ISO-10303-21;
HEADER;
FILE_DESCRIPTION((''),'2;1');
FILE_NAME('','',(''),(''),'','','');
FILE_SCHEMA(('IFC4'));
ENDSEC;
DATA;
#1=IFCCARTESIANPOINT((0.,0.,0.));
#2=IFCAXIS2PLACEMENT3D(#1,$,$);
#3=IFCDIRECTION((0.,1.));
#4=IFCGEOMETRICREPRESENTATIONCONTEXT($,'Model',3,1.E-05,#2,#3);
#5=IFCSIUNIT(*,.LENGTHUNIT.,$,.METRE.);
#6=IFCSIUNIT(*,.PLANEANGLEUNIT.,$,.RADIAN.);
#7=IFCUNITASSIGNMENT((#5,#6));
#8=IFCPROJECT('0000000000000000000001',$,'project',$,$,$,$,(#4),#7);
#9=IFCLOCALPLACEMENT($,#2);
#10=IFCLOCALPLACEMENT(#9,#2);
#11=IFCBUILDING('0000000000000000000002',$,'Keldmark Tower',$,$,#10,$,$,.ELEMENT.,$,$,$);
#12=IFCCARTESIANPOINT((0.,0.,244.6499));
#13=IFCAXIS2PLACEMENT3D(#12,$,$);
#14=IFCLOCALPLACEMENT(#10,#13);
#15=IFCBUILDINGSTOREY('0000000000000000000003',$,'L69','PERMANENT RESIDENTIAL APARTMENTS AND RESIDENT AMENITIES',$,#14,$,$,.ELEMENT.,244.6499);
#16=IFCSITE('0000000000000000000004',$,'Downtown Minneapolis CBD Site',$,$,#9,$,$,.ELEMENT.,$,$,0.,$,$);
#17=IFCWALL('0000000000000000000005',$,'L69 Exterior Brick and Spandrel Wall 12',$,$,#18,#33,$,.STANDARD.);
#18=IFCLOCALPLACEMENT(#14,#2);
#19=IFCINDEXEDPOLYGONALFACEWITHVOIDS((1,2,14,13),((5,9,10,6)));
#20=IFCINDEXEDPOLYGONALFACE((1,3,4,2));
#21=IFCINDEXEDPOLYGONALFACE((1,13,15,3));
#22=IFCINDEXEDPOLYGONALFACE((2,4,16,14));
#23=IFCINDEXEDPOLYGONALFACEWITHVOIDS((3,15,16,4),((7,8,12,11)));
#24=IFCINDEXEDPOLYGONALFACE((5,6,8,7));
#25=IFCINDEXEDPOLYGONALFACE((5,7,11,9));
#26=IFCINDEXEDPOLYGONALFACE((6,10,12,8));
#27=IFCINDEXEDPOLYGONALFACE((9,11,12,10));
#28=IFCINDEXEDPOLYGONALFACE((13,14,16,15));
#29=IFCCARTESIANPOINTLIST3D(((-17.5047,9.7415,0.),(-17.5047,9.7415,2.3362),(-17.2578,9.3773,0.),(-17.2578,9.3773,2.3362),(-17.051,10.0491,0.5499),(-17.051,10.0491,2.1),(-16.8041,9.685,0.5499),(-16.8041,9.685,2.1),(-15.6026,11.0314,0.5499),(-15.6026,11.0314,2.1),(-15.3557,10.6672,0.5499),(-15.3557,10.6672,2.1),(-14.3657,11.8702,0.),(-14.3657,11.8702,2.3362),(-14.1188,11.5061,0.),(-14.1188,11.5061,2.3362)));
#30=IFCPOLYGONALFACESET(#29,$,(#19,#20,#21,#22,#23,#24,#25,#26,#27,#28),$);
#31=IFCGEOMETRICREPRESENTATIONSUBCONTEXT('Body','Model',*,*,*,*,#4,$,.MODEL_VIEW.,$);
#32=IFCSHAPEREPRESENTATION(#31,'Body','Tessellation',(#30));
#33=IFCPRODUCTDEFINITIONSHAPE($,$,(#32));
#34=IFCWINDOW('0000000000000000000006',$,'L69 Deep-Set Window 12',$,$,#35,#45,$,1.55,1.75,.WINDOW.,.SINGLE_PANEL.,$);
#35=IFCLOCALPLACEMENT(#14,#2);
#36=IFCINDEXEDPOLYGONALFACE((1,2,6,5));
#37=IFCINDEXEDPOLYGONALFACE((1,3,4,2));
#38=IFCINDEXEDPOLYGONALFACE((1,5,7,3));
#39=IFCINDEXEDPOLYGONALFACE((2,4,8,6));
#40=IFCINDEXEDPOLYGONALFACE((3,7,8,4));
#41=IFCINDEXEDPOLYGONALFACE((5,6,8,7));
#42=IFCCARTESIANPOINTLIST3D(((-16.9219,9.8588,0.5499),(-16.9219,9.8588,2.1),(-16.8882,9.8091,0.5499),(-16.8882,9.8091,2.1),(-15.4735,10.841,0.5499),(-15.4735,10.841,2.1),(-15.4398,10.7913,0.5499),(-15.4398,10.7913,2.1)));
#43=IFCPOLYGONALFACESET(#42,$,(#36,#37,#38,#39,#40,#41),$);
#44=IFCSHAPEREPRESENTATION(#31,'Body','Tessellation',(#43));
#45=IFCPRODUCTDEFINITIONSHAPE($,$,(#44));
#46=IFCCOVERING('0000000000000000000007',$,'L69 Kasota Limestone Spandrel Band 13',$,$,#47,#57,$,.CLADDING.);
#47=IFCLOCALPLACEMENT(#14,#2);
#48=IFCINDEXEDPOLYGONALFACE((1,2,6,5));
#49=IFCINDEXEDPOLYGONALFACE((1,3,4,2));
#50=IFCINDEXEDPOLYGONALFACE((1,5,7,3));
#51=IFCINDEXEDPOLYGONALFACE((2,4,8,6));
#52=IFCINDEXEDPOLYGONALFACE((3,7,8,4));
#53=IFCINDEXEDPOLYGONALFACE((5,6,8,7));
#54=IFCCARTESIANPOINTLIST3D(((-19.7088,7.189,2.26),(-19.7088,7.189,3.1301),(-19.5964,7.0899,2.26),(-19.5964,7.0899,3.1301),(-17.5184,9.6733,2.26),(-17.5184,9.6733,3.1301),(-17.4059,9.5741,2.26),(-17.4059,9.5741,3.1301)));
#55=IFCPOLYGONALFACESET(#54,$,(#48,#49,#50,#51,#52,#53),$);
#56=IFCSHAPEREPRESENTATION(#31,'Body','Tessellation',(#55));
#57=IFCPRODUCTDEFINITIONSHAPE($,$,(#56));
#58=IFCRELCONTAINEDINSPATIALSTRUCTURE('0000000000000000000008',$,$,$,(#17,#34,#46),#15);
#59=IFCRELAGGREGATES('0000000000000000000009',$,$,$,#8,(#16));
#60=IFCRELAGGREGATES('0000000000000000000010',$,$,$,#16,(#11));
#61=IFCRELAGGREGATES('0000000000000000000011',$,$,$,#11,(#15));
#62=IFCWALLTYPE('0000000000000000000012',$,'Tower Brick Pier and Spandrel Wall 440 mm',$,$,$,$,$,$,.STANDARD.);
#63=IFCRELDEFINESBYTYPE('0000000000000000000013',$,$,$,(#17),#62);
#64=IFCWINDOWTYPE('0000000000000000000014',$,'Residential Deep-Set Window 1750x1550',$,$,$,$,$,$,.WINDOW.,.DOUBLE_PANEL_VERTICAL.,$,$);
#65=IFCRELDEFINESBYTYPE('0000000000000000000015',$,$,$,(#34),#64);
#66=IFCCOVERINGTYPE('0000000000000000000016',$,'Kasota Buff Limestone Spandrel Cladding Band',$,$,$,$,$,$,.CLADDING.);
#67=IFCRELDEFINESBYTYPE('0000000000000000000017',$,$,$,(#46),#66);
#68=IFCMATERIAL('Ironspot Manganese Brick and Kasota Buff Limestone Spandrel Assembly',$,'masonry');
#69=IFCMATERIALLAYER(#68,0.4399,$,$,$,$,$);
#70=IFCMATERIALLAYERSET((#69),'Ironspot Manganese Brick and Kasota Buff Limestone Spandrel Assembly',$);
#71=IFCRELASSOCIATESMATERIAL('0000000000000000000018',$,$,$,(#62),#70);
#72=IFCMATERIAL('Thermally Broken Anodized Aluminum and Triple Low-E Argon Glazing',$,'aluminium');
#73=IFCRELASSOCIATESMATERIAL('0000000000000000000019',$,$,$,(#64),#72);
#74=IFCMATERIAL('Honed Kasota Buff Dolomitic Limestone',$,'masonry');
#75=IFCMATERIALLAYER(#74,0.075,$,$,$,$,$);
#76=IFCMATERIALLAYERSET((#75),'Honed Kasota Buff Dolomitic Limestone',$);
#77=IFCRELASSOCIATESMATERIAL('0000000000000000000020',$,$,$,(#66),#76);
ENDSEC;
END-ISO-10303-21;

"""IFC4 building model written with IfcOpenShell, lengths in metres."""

from ifc_helpers import new_model, si_unit, direction, frame, frame_2d, origin, origin_2d, place, context, subcontext, project, spatial, rectangle, extrude, material, layer, layer_set, type_object, element, fill, save


model = new_model("IFC4")

# Units and contexts
model_context = context("Model", 3, precision=1e-05, world=origin(), true_north=direction((0.0, 1.0)))
body_context = subcontext(model_context, "Body", "Model", "MODEL_VIEW")
ifc_project = project(units=[si_unit("LENGTHUNIT", "METRE"), si_unit("PLANEANGLEUNIT", "RADIAN")], contexts=[model_context])

# Site, building, storey
site_placement = place(None, origin())
site = spatial("IfcSite", under=ifc_project, at=site_placement, Name="Downtown Minneapolis CBD Site", CompositionType="ELEMENT", RefElevation=0.0)
building_placement = place(site_placement, origin())
building = spatial("IfcBuilding", under=site, at=building_placement, Name="Keldmark Tower", CompositionType="ELEMENT")
storey_placement = place(building_placement, frame((0.0, 0.0, 244.6499)))
storey = spatial("IfcBuildingStorey", under=building, at=storey_placement, Name="L69", Description="PERMANENT RESIDENTIAL APARTMENTS AND RESIDENT AMENITIES", CompositionType="ELEMENT", Elevation=244.6499)

# Wall, opening, window
ifc_material_1 = material(Name="Ironspot Manganese Brick and Kasota Buff Limestone Spandrel Assembly", Category="masonry")
ifc_layer_1 = layer(ifc_material_1, 0.4399)
ifc_layer_set_1 = layer_set([ifc_layer_1], Name="Ironspot Manganese Brick and Kasota Buff Limestone Spandrel Assembly")
wall_type_1 = type_object("IfcWallType", Name="Tower Brick Pier and Spandrel Wall 440 mm", PredefinedType="STANDARD", material=ifc_layer_set_1)
ifc_material_2 = material(Name="Thermally Broken Anodized Aluminum and Triple Low-E Argon Glazing", Category="aluminium")
window_type_1 = type_object("IfcWindowType", Name="Residential Deep-Set Window 1750x1550", PartitioningType="DOUBLE_PANEL_VERTICAL", PredefinedType="WINDOW", material=ifc_material_2)
wall_1_placement = place(storey_placement, frame((-17.3813, 9.5593, 0.0), z_axis=(0.0, 0.0, 1.0), x_axis=(0.827637, 0.561264, 0.0)))
wall_1 = element("IfcWall", 1, at=wall_1_placement, inside=storey, type_object=wall_type_1, Name="L69 Exterior Brick and Spandrel Wall 12", PredefinedType="STANDARD", context=body_context, shape_type="SweptSolid", body=[
    extrude(rectangle(XDim=3.7927, YDim=0.4399, at=frame_2d((1.8965, 0.0))), origin(), (0.0, 0.0, 1.0), 2.3362),
])
opening_1_placement = place(wall_1_placement, frame((0.5483, 0.0, 0.55)))
opening_1 = element("IfcOpeningElement", 2, at=opening_1_placement, cuts=wall_1, PredefinedType="OPENING", context=body_context, shape_type="SweptSolid", body=[
    extrude(rectangle(XDim=1.75, YDim=1.55, at=frame_2d((0.875, 0.7749))), frame((0.0, 0.23, 0.0), z_axis=(0.0, -1.0, 0.0), x_axis=(1.0, 0.0, 0.0)), (0.0, 0.0, 1.0), 0.46),
])
window_1_placement = place(opening_1_placement, origin())
window_1 = element("IfcWindow", 3, at=window_1_placement, inside=storey, type_object=window_type_1, Name="L69 Deep-Set Window 12", OverallHeight=1.55, OverallWidth=1.75, PartitioningType="SINGLE_PANEL", PredefinedType="WINDOW", context=body_context, shape_type="SweptSolid", body=[
    extrude(rectangle(XDim=1.75, YDim=1.55, at=frame_2d((0.875, 0.7749))), frame((0.0, -0.01, 0.0), z_axis=(0.0, -1.0, 0.0), x_axis=(1.0, 0.0, 0.0)), (0.0, 0.0, 1.0), 0.0601),
])
fill(opening_1, window_1)

# Covering
ifc_material_3 = material(Name="Honed Kasota Buff Dolomitic Limestone", Category="masonry")
ifc_layer_2 = layer(ifc_material_3, 0.075)
ifc_layer_set_2 = layer_set([ifc_layer_2], Name="Honed Kasota Buff Dolomitic Limestone")
covering_type = type_object("IfcCoveringType", Name="Kasota Buff Limestone Spandrel Cladding Band", PredefinedType="CLADDING", material=ifc_layer_set_2)
covering_placement = place(storey_placement, frame((-18.5574, 8.3816, 2.26), z_axis=(0.0, 0.0, 1.0), x_axis=(-0.661364, -0.750065, 0.0)))
element("IfcCovering", 4, at=covering_placement, inside=storey, type_object=covering_type, Name="L69 Kasota Limestone Spandrel Band 13", PredefinedType="CLADDING", context=body_context, shape_type="SweptSolid", body=[
    extrude(rectangle(XDim=3.312, YDim=0.1499, at=origin_2d()), origin(), (0.0, 0.0, 1.0), 0.8701),
])

save(model, "model.ifc")
